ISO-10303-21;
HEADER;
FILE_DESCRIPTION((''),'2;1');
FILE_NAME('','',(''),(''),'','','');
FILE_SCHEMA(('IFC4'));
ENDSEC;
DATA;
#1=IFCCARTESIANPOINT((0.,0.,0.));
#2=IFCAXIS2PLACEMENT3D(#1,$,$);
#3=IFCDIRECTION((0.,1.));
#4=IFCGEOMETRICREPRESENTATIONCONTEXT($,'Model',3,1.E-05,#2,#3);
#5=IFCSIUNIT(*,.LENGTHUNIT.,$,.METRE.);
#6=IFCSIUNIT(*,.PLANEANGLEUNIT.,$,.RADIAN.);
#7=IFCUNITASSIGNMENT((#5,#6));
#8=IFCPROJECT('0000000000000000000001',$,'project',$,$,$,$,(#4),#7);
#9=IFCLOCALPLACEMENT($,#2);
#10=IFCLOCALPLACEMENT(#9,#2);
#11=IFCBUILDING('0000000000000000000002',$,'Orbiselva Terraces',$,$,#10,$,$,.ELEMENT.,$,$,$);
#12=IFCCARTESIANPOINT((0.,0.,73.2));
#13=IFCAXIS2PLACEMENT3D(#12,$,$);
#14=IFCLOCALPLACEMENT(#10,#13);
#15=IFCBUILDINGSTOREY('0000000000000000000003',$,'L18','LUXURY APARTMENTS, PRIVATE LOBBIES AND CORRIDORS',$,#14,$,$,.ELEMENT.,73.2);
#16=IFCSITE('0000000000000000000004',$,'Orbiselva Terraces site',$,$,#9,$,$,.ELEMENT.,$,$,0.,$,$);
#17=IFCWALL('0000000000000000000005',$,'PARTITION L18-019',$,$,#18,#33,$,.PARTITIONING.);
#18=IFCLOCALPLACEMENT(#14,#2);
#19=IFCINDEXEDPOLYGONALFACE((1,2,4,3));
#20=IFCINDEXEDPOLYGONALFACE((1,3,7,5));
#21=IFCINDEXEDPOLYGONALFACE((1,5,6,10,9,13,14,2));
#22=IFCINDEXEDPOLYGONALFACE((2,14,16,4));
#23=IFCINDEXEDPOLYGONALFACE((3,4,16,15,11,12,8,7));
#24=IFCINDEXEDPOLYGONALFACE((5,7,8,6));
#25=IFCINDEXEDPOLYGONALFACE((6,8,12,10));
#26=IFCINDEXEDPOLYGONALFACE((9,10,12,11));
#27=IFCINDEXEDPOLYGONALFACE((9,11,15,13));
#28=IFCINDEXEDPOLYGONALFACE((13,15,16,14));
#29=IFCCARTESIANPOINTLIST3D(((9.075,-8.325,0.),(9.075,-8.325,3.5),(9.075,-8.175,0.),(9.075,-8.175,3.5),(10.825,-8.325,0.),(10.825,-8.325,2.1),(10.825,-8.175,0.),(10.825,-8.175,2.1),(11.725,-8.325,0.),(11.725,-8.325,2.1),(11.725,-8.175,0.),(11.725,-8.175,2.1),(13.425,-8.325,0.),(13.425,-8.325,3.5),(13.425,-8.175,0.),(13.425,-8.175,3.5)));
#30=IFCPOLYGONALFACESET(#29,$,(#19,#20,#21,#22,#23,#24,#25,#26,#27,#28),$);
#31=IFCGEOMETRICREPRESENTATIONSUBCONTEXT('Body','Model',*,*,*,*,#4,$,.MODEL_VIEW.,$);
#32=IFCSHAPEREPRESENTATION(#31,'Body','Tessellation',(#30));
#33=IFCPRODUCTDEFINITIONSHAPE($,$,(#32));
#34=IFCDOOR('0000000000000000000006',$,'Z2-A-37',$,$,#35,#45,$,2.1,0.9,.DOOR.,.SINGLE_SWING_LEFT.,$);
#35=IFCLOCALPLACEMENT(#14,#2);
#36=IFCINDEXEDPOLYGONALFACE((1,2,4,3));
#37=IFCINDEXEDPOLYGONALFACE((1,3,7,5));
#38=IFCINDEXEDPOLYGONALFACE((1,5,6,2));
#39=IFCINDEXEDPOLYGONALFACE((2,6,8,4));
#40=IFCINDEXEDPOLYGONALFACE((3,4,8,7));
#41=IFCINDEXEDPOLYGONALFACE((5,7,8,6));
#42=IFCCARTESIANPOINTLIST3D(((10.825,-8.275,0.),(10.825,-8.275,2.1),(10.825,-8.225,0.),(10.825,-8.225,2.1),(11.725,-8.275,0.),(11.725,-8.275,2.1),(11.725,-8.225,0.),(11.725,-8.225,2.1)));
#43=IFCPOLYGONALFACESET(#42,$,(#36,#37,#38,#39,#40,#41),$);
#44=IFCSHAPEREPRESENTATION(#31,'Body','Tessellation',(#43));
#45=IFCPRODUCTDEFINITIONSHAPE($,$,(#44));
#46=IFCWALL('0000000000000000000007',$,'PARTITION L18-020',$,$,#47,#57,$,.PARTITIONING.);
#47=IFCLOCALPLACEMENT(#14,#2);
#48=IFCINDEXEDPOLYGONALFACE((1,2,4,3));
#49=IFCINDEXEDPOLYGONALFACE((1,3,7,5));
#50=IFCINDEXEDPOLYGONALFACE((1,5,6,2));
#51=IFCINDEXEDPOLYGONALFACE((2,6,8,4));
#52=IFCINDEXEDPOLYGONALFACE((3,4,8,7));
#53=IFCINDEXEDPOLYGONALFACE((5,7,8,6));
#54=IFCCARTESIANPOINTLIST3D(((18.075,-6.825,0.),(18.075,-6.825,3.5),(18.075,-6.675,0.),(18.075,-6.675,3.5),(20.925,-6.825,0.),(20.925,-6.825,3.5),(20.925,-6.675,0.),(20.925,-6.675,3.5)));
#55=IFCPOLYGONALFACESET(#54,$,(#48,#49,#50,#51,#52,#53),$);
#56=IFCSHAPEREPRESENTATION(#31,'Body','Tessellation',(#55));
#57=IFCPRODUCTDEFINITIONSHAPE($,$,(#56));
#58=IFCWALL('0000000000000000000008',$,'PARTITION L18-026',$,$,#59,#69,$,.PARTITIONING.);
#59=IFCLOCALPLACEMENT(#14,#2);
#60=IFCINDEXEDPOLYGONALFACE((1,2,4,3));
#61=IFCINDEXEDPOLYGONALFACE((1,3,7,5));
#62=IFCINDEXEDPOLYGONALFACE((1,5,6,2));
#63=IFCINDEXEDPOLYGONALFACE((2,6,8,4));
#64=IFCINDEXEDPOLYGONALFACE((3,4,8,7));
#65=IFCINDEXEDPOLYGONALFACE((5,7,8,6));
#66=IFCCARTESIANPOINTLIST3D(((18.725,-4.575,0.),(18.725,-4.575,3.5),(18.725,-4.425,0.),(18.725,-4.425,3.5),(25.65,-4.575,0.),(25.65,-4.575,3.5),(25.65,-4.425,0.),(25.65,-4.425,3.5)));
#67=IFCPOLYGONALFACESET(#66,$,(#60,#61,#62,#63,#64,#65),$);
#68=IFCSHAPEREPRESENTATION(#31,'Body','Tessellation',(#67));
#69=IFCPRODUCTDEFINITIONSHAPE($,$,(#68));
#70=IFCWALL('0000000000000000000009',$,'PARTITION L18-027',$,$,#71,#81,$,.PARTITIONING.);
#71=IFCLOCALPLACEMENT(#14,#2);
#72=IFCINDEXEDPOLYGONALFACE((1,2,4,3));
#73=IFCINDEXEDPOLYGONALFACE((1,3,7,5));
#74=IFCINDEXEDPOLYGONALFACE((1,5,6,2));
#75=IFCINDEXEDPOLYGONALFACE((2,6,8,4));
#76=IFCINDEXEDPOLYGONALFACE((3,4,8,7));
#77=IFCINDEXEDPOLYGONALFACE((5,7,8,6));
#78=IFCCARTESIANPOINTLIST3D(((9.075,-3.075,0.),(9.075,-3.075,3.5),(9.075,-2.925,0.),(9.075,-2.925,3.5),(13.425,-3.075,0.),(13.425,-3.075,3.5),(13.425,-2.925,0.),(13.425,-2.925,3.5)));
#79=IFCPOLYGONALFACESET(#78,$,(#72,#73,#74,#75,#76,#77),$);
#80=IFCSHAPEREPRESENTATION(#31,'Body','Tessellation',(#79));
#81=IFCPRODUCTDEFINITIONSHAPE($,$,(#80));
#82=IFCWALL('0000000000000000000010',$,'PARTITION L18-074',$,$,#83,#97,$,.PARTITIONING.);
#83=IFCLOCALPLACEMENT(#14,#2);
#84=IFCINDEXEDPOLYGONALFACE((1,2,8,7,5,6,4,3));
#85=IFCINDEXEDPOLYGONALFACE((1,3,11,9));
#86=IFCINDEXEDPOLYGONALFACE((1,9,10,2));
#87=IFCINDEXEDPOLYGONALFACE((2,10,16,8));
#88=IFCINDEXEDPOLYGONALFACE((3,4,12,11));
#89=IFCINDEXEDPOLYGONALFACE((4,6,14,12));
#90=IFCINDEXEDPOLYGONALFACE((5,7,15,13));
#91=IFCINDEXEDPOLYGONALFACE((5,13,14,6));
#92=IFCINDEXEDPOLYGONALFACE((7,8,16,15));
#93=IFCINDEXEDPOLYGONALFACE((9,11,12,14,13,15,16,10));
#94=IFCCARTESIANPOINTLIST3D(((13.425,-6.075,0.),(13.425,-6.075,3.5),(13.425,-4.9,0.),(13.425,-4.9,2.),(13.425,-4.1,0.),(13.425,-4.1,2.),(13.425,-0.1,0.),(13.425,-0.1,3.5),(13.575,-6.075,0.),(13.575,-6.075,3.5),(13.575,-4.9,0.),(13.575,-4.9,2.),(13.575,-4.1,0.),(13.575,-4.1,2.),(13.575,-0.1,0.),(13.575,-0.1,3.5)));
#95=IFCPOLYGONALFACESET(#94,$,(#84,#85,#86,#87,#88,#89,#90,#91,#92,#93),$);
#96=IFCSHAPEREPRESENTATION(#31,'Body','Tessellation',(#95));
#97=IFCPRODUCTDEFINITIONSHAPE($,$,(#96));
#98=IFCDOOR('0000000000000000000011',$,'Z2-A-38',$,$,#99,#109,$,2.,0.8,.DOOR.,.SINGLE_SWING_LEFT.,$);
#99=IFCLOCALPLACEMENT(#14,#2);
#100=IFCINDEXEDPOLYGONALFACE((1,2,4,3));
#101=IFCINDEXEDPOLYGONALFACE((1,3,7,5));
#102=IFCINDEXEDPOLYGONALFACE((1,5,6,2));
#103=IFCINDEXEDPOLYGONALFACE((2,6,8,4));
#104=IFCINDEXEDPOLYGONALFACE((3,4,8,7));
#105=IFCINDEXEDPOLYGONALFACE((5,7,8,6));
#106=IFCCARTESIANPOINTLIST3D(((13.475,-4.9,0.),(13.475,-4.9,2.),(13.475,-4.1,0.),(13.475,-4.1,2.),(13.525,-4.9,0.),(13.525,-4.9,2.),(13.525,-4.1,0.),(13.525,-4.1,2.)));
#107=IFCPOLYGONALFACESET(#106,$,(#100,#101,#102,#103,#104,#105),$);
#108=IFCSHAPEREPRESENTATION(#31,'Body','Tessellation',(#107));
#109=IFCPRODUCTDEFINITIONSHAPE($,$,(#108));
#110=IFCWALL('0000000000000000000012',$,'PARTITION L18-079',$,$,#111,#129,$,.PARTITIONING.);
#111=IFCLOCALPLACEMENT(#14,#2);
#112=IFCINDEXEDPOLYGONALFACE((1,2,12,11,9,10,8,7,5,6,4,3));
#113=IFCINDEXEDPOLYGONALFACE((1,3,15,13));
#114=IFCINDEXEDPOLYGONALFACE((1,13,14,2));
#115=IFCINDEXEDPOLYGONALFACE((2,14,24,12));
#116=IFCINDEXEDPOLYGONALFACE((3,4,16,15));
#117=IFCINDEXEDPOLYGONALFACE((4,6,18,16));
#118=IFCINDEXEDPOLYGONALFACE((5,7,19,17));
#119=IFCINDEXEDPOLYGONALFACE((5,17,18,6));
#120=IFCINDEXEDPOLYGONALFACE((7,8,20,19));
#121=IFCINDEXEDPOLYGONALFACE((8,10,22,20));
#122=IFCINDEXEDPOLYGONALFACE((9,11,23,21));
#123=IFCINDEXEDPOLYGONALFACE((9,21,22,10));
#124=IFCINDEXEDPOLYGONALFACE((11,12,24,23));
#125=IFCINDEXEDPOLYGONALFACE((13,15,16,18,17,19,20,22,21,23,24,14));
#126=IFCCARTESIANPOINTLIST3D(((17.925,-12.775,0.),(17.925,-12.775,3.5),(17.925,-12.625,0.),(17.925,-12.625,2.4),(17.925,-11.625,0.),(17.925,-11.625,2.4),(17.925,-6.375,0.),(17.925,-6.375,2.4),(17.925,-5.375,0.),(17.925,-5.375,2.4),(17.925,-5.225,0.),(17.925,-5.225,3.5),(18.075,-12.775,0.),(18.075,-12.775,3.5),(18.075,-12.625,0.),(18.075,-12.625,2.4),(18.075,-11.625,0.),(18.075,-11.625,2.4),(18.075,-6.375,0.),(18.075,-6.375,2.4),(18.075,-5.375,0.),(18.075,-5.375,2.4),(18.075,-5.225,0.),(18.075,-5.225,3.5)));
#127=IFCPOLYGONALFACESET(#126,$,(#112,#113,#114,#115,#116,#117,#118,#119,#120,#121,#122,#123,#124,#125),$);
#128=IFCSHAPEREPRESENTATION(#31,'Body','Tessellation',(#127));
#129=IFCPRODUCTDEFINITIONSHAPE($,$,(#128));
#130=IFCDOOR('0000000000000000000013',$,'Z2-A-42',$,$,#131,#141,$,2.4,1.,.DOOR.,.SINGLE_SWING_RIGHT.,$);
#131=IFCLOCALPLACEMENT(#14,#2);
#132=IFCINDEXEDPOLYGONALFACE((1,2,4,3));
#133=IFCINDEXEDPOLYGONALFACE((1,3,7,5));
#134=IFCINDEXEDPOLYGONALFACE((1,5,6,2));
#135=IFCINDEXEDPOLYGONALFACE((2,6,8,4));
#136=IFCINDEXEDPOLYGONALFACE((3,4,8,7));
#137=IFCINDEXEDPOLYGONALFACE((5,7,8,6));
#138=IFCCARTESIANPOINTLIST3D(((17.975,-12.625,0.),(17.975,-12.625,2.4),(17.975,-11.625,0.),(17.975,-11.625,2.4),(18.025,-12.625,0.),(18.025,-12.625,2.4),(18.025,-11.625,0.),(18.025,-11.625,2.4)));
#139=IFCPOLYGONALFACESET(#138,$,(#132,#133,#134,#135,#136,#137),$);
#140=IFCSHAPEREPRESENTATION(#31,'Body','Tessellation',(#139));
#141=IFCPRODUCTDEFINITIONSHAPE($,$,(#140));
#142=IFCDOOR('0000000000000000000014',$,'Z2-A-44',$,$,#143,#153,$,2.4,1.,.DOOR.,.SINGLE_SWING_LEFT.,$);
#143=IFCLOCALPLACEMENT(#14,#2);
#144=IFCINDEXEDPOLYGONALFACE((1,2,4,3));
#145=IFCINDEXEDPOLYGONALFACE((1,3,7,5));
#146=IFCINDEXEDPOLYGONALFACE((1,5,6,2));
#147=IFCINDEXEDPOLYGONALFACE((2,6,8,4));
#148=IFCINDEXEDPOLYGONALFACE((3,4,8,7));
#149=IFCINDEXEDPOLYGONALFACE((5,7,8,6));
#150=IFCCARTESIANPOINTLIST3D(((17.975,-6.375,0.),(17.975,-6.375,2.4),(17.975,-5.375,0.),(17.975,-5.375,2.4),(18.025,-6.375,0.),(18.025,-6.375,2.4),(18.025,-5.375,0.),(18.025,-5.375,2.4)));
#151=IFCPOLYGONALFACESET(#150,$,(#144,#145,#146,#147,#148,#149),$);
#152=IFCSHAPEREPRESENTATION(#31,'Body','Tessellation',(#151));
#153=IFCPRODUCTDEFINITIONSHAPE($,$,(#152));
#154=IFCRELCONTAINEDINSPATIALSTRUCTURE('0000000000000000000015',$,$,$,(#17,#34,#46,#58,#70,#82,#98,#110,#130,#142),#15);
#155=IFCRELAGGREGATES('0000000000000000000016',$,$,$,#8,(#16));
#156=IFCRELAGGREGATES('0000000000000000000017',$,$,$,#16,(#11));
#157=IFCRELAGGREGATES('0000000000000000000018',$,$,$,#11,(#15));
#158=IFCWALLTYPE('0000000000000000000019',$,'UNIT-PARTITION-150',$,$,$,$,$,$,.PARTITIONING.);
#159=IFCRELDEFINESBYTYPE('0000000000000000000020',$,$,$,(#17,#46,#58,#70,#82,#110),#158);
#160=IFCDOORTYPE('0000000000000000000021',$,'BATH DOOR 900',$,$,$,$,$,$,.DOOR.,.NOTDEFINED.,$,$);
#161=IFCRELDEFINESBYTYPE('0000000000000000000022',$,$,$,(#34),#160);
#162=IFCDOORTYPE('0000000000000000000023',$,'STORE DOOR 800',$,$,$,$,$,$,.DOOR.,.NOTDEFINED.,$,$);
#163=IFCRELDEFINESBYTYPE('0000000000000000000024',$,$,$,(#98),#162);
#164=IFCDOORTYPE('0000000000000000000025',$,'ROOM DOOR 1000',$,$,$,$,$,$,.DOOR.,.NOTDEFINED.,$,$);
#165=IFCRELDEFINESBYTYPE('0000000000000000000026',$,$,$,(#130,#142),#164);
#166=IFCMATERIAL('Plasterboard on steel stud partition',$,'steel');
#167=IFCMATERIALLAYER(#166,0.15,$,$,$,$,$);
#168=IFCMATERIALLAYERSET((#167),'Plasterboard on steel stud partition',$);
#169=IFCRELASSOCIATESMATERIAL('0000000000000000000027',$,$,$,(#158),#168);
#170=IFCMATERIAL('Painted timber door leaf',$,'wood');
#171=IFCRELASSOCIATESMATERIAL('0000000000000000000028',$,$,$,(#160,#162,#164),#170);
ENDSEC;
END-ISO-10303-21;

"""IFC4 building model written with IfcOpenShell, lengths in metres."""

from ifc_helpers import new_model, si_unit, direction, frame, frame_2d, origin, place, context, subcontext, project, spatial, rectangle, extrude, material, layer, layer_set, type_object, element, fill, save


model = new_model("IFC4")

# Units and contexts
model_context = context("Model", 3, precision=1e-05, world=origin(), true_north=direction((0.0, 1.0)))
body_context = subcontext(model_context, "Body", "Model", "MODEL_VIEW")
ifc_project = project(units=[si_unit("LENGTHUNIT", "METRE"), si_unit("PLANEANGLEUNIT", "RADIAN")], contexts=[model_context])

# Site, building, storey
site_placement = place(None, origin())
site = spatial("IfcSite", under=ifc_project, at=site_placement, Name="Orbiselva Terraces site", CompositionType="ELEMENT", RefElevation=0.0)
building_placement = place(site_placement, origin())
building = spatial("IfcBuilding", under=site, at=building_placement, Name="Orbiselva Terraces", CompositionType="ELEMENT")
storey_placement = place(building_placement, frame((0.0, 0.0, 73.2)))
storey = spatial("IfcBuildingStorey", under=building, at=storey_placement, Name="L18", Description="LUXURY APARTMENTS, PRIVATE LOBBIES AND CORRIDORS", CompositionType="ELEMENT", Elevation=73.2)

# Shared definitions
ifc_material_1 = material(Name="Plasterboard on steel stud partition", Category="steel")
ifc_layer_1 = layer(ifc_material_1, 0.15)
ifc_layer_set_1 = layer_set([ifc_layer_1], Name="Plasterboard on steel stud partition")
wall_type_1 = type_object("IfcWallType", Name="UNIT-PARTITION-150", PredefinedType="PARTITIONING", material=ifc_layer_set_1)

# Wall, opening, door
wall_1_placement = place(storey_placement, frame((13.425, -8.25, 0.0), z_axis=(0.0, 0.0, 1.0), x_axis=(-1.0, 0.0, 0.0)))
wall_1 = element("IfcWall", 1, at=wall_1_placement, inside=storey, type_object=wall_type_1, Name="PARTITION L18-019", PredefinedType="PARTITIONING", context=body_context, shape_type="SweptSolid", body=[
    extrude(rectangle(XDim=4.35, YDim=0.15, at=frame_2d((2.175, 0.0))), origin(), (0.0, 0.0, 1.0), 3.5),
])
opening_1_placement = place(wall_1_placement, frame((1.7, 0.0, 0.0)))
opening_1 = element("IfcOpeningElement", 2, at=opening_1_placement, cuts=wall_1, PredefinedType="OPENING", context=body_context, shape_type="SweptSolid", body=[
    extrude(rectangle(XDim=0.9, YDim=2.1, at=frame_2d((0.45, 1.05))), frame((0.0, 0.085, 0.0), z_axis=(0.0, -1.0, 0.0), x_axis=(1.0, 0.0, 0.0)), (0.0, 0.0, 1.0), 0.17),
])
ifc_material_2 = material(Name="Painted timber door leaf", Category="wood")
door_type_1 = type_object("IfcDoorType", Name="BATH DOOR 900", OperationType="NOTDEFINED", PredefinedType="DOOR", material=ifc_material_2)
door_1_placement = place(opening_1_placement, origin())
door_1 = element("IfcDoor", 3, at=door_1_placement, inside=storey, type_object=door_type_1, Name="Z2-A-37", OperationType="SINGLE_SWING_LEFT", OverallHeight=2.1, OverallWidth=0.9, PredefinedType="DOOR", context=body_context, shape_type="SweptSolid", body=[
    extrude(rectangle(XDim=0.9, YDim=2.1, at=frame_2d((0.45, 1.05))), frame((0.0, 0.025, 0.0), z_axis=(0.0, -1.0, 0.0), x_axis=(1.0, 0.0, 0.0)), (0.0, 0.0, 1.0), 0.05),
])
fill(opening_1, door_1)

# Walls
wall_2_placement = place(storey_placement, frame((18.075, -6.75, 0.0), z_axis=(0.0, 0.0, 1.0), x_axis=(1.0, 0.0, 0.0)))
element("IfcWall", 4, at=wall_2_placement, inside=storey, type_object=wall_type_1, Name="PARTITION L18-020", PredefinedType="PARTITIONING", context=body_context, shape_type="SweptSolid", body=[
    extrude(rectangle(XDim=2.85, YDim=0.15, at=frame_2d((1.425, 0.0))), origin(), (0.0, 0.0, 1.0), 3.5),
])
wall_3_placement = place(storey_placement, frame((18.725, -4.5, 0.0), z_axis=(0.0, 0.0, 1.0), x_axis=(1.0, 0.0, 0.0)))
element("IfcWall", 5, at=wall_3_placement, inside=storey, type_object=wall_type_1, Name="PARTITION L18-026", PredefinedType="PARTITIONING", context=body_context, shape_type="SweptSolid", body=[
    extrude(rectangle(XDim=6.925, YDim=0.15, at=frame_2d((3.4625, 0.0))), origin(), (0.0, 0.0, 1.0), 3.5),
])
wall_4_placement = place(storey_placement, frame((9.075, -3.0, 0.0), z_axis=(0.0, 0.0, 1.0), x_axis=(1.0, 0.0, 0.0)))
element("IfcWall", 6, at=wall_4_placement, inside=storey, type_object=wall_type_1, Name="PARTITION L18-027", PredefinedType="PARTITIONING", context=body_context, shape_type="SweptSolid", body=[
    extrude(rectangle(XDim=4.35, YDim=0.15, at=frame_2d((2.175, 0.0))), origin(), (0.0, 0.0, 1.0), 3.5),
])

# Wall, opening, door
wall_5_placement = place(storey_placement, frame((13.5, -6.075, 0.0), z_axis=(0.0, 0.0, 1.0), x_axis=(0.0, 1.0, 0.0)))
wall_5 = element("IfcWall", 7, at=wall_5_placement, inside=storey, type_object=wall_type_1, Name="PARTITION L18-074", PredefinedType="PARTITIONING", context=body_context, shape_type="SweptSolid", body=[
    extrude(rectangle(XDim=5.975, YDim=0.15, at=frame_2d((2.9875, 0.0))), origin(), (0.0, 0.0, 1.0), 3.5),
])
opening_2_placement = place(wall_5_placement, frame((1.175, 0.0, 0.0)))
opening_2 = element("IfcOpeningElement", 8, at=opening_2_placement, cuts=wall_5, PredefinedType="OPENING", context=body_context, shape_type="SweptSolid", body=[
    extrude(rectangle(XDim=0.8, YDim=2.0, at=frame_2d((0.4, 1.0))), frame((0.0, 0.085, 0.0), z_axis=(0.0, -1.0, 0.0), x_axis=(1.0, 0.0, 0.0)), (0.0, 0.0, 1.0), 0.17),
])
door_type_2 = type_object("IfcDoorType", Name="STORE DOOR 800", OperationType="NOTDEFINED", PredefinedType="DOOR", material=ifc_material_2)
door_2_placement = place(opening_2_placement, origin())
door_2 = element("IfcDoor", 9, at=door_2_placement, inside=storey, type_object=door_type_2, Name="Z2-A-38", OperationType="SINGLE_SWING_LEFT", OverallHeight=2.0, OverallWidth=0.8, PredefinedType="DOOR", context=body_context, shape_type="SweptSolid", body=[
    extrude(rectangle(XDim=0.8, YDim=2.0, at=frame_2d((0.4, 1.0))), frame((0.0, 0.025, 0.0), z_axis=(0.0, -1.0, 0.0), x_axis=(1.0, 0.0, 0.0)), (0.0, 0.0, 1.0), 0.05),
])
fill(opening_2, door_2)

# Wall, openings, doors
wall_6_placement = place(storey_placement, frame((18.0, -5.225, 0.0), z_axis=(0.0, 0.0, 1.0), x_axis=(0.0, -1.0, 0.0)))
wall_6 = element("IfcWall", 10, at=wall_6_placement, inside=storey, type_object=wall_type_1, Name="PARTITION L18-079", PredefinedType="PARTITIONING", context=body_context, shape_type="SweptSolid", body=[
    extrude(rectangle(XDim=7.55, YDim=0.15, at=frame_2d((3.775, 0.0))), origin(), (0.0, 0.0, 1.0), 3.5),
])
opening_3_placement = place(wall_6_placement, frame((6.4, 0.0, 0.0)))
opening_3 = element("IfcOpeningElement", 11, at=opening_3_placement, cuts=wall_6, PredefinedType="OPENING", context=body_context, shape_type="SweptSolid", body=[
    extrude(rectangle(XDim=1.0, YDim=2.4, at=frame_2d((0.5, 1.2))), frame((0.0, 0.085, 0.0), z_axis=(0.0, -1.0, 0.0), x_axis=(1.0, 0.0, 0.0)), (0.0, 0.0, 1.0), 0.17),
])
opening_4_placement = place(wall_6_placement, frame((0.15, 0.0, 0.0)))
opening_4 = element("IfcOpeningElement", 12, at=opening_4_placement, cuts=wall_6, PredefinedType="OPENING", context=body_context, shape_type="SweptSolid", body=[
    extrude(rectangle(XDim=1.0, YDim=2.4, at=frame_2d((0.5, 1.2))), frame((0.0, 0.085, 0.0), z_axis=(0.0, -1.0, 0.0), x_axis=(1.0, 0.0, 0.0)), (0.0, 0.0, 1.0), 0.17),
])
door_type_3 = type_object("IfcDoorType", Name="ROOM DOOR 1000", OperationType="NOTDEFINED", PredefinedType="DOOR", material=ifc_material_2)
door_3_placement = place(opening_3_placement, origin())
door_3 = element("IfcDoor", 13, at=door_3_placement, inside=storey, type_object=door_type_3, Name="Z2-A-42", OperationType="SINGLE_SWING_RIGHT", OverallHeight=2.4, OverallWidth=1.0, PredefinedType="DOOR", context=body_context, shape_type="SweptSolid", body=[
    extrude(rectangle(XDim=1.0, YDim=2.4, at=frame_2d((0.5, 1.2))), frame((0.0, 0.025, 0.0), z_axis=(0.0, -1.0, 0.0), x_axis=(1.0, 0.0, 0.0)), (0.0, 0.0, 1.0), 0.05),
])
fill(opening_3, door_3)
door_4_placement = place(opening_4_placement, origin())
door_4 = element("IfcDoor", 14, at=door_4_placement, inside=storey, type_object=door_type_3, Name="Z2-A-44", OperationType="SINGLE_SWING_LEFT", OverallHeight=2.4, OverallWidth=1.0, PredefinedType="DOOR", context=body_context, shape_type="SweptSolid", body=[
    extrude(rectangle(XDim=1.0, YDim=2.4, at=frame_2d((0.5, 1.2))), frame((0.0, 0.025, 0.0), z_axis=(0.0, -1.0, 0.0), x_axis=(1.0, 0.0, 0.0)), (0.0, 0.0, 1.0), 0.05),
])
fill(opening_4, door_4)

save(model, "model.ifc")
